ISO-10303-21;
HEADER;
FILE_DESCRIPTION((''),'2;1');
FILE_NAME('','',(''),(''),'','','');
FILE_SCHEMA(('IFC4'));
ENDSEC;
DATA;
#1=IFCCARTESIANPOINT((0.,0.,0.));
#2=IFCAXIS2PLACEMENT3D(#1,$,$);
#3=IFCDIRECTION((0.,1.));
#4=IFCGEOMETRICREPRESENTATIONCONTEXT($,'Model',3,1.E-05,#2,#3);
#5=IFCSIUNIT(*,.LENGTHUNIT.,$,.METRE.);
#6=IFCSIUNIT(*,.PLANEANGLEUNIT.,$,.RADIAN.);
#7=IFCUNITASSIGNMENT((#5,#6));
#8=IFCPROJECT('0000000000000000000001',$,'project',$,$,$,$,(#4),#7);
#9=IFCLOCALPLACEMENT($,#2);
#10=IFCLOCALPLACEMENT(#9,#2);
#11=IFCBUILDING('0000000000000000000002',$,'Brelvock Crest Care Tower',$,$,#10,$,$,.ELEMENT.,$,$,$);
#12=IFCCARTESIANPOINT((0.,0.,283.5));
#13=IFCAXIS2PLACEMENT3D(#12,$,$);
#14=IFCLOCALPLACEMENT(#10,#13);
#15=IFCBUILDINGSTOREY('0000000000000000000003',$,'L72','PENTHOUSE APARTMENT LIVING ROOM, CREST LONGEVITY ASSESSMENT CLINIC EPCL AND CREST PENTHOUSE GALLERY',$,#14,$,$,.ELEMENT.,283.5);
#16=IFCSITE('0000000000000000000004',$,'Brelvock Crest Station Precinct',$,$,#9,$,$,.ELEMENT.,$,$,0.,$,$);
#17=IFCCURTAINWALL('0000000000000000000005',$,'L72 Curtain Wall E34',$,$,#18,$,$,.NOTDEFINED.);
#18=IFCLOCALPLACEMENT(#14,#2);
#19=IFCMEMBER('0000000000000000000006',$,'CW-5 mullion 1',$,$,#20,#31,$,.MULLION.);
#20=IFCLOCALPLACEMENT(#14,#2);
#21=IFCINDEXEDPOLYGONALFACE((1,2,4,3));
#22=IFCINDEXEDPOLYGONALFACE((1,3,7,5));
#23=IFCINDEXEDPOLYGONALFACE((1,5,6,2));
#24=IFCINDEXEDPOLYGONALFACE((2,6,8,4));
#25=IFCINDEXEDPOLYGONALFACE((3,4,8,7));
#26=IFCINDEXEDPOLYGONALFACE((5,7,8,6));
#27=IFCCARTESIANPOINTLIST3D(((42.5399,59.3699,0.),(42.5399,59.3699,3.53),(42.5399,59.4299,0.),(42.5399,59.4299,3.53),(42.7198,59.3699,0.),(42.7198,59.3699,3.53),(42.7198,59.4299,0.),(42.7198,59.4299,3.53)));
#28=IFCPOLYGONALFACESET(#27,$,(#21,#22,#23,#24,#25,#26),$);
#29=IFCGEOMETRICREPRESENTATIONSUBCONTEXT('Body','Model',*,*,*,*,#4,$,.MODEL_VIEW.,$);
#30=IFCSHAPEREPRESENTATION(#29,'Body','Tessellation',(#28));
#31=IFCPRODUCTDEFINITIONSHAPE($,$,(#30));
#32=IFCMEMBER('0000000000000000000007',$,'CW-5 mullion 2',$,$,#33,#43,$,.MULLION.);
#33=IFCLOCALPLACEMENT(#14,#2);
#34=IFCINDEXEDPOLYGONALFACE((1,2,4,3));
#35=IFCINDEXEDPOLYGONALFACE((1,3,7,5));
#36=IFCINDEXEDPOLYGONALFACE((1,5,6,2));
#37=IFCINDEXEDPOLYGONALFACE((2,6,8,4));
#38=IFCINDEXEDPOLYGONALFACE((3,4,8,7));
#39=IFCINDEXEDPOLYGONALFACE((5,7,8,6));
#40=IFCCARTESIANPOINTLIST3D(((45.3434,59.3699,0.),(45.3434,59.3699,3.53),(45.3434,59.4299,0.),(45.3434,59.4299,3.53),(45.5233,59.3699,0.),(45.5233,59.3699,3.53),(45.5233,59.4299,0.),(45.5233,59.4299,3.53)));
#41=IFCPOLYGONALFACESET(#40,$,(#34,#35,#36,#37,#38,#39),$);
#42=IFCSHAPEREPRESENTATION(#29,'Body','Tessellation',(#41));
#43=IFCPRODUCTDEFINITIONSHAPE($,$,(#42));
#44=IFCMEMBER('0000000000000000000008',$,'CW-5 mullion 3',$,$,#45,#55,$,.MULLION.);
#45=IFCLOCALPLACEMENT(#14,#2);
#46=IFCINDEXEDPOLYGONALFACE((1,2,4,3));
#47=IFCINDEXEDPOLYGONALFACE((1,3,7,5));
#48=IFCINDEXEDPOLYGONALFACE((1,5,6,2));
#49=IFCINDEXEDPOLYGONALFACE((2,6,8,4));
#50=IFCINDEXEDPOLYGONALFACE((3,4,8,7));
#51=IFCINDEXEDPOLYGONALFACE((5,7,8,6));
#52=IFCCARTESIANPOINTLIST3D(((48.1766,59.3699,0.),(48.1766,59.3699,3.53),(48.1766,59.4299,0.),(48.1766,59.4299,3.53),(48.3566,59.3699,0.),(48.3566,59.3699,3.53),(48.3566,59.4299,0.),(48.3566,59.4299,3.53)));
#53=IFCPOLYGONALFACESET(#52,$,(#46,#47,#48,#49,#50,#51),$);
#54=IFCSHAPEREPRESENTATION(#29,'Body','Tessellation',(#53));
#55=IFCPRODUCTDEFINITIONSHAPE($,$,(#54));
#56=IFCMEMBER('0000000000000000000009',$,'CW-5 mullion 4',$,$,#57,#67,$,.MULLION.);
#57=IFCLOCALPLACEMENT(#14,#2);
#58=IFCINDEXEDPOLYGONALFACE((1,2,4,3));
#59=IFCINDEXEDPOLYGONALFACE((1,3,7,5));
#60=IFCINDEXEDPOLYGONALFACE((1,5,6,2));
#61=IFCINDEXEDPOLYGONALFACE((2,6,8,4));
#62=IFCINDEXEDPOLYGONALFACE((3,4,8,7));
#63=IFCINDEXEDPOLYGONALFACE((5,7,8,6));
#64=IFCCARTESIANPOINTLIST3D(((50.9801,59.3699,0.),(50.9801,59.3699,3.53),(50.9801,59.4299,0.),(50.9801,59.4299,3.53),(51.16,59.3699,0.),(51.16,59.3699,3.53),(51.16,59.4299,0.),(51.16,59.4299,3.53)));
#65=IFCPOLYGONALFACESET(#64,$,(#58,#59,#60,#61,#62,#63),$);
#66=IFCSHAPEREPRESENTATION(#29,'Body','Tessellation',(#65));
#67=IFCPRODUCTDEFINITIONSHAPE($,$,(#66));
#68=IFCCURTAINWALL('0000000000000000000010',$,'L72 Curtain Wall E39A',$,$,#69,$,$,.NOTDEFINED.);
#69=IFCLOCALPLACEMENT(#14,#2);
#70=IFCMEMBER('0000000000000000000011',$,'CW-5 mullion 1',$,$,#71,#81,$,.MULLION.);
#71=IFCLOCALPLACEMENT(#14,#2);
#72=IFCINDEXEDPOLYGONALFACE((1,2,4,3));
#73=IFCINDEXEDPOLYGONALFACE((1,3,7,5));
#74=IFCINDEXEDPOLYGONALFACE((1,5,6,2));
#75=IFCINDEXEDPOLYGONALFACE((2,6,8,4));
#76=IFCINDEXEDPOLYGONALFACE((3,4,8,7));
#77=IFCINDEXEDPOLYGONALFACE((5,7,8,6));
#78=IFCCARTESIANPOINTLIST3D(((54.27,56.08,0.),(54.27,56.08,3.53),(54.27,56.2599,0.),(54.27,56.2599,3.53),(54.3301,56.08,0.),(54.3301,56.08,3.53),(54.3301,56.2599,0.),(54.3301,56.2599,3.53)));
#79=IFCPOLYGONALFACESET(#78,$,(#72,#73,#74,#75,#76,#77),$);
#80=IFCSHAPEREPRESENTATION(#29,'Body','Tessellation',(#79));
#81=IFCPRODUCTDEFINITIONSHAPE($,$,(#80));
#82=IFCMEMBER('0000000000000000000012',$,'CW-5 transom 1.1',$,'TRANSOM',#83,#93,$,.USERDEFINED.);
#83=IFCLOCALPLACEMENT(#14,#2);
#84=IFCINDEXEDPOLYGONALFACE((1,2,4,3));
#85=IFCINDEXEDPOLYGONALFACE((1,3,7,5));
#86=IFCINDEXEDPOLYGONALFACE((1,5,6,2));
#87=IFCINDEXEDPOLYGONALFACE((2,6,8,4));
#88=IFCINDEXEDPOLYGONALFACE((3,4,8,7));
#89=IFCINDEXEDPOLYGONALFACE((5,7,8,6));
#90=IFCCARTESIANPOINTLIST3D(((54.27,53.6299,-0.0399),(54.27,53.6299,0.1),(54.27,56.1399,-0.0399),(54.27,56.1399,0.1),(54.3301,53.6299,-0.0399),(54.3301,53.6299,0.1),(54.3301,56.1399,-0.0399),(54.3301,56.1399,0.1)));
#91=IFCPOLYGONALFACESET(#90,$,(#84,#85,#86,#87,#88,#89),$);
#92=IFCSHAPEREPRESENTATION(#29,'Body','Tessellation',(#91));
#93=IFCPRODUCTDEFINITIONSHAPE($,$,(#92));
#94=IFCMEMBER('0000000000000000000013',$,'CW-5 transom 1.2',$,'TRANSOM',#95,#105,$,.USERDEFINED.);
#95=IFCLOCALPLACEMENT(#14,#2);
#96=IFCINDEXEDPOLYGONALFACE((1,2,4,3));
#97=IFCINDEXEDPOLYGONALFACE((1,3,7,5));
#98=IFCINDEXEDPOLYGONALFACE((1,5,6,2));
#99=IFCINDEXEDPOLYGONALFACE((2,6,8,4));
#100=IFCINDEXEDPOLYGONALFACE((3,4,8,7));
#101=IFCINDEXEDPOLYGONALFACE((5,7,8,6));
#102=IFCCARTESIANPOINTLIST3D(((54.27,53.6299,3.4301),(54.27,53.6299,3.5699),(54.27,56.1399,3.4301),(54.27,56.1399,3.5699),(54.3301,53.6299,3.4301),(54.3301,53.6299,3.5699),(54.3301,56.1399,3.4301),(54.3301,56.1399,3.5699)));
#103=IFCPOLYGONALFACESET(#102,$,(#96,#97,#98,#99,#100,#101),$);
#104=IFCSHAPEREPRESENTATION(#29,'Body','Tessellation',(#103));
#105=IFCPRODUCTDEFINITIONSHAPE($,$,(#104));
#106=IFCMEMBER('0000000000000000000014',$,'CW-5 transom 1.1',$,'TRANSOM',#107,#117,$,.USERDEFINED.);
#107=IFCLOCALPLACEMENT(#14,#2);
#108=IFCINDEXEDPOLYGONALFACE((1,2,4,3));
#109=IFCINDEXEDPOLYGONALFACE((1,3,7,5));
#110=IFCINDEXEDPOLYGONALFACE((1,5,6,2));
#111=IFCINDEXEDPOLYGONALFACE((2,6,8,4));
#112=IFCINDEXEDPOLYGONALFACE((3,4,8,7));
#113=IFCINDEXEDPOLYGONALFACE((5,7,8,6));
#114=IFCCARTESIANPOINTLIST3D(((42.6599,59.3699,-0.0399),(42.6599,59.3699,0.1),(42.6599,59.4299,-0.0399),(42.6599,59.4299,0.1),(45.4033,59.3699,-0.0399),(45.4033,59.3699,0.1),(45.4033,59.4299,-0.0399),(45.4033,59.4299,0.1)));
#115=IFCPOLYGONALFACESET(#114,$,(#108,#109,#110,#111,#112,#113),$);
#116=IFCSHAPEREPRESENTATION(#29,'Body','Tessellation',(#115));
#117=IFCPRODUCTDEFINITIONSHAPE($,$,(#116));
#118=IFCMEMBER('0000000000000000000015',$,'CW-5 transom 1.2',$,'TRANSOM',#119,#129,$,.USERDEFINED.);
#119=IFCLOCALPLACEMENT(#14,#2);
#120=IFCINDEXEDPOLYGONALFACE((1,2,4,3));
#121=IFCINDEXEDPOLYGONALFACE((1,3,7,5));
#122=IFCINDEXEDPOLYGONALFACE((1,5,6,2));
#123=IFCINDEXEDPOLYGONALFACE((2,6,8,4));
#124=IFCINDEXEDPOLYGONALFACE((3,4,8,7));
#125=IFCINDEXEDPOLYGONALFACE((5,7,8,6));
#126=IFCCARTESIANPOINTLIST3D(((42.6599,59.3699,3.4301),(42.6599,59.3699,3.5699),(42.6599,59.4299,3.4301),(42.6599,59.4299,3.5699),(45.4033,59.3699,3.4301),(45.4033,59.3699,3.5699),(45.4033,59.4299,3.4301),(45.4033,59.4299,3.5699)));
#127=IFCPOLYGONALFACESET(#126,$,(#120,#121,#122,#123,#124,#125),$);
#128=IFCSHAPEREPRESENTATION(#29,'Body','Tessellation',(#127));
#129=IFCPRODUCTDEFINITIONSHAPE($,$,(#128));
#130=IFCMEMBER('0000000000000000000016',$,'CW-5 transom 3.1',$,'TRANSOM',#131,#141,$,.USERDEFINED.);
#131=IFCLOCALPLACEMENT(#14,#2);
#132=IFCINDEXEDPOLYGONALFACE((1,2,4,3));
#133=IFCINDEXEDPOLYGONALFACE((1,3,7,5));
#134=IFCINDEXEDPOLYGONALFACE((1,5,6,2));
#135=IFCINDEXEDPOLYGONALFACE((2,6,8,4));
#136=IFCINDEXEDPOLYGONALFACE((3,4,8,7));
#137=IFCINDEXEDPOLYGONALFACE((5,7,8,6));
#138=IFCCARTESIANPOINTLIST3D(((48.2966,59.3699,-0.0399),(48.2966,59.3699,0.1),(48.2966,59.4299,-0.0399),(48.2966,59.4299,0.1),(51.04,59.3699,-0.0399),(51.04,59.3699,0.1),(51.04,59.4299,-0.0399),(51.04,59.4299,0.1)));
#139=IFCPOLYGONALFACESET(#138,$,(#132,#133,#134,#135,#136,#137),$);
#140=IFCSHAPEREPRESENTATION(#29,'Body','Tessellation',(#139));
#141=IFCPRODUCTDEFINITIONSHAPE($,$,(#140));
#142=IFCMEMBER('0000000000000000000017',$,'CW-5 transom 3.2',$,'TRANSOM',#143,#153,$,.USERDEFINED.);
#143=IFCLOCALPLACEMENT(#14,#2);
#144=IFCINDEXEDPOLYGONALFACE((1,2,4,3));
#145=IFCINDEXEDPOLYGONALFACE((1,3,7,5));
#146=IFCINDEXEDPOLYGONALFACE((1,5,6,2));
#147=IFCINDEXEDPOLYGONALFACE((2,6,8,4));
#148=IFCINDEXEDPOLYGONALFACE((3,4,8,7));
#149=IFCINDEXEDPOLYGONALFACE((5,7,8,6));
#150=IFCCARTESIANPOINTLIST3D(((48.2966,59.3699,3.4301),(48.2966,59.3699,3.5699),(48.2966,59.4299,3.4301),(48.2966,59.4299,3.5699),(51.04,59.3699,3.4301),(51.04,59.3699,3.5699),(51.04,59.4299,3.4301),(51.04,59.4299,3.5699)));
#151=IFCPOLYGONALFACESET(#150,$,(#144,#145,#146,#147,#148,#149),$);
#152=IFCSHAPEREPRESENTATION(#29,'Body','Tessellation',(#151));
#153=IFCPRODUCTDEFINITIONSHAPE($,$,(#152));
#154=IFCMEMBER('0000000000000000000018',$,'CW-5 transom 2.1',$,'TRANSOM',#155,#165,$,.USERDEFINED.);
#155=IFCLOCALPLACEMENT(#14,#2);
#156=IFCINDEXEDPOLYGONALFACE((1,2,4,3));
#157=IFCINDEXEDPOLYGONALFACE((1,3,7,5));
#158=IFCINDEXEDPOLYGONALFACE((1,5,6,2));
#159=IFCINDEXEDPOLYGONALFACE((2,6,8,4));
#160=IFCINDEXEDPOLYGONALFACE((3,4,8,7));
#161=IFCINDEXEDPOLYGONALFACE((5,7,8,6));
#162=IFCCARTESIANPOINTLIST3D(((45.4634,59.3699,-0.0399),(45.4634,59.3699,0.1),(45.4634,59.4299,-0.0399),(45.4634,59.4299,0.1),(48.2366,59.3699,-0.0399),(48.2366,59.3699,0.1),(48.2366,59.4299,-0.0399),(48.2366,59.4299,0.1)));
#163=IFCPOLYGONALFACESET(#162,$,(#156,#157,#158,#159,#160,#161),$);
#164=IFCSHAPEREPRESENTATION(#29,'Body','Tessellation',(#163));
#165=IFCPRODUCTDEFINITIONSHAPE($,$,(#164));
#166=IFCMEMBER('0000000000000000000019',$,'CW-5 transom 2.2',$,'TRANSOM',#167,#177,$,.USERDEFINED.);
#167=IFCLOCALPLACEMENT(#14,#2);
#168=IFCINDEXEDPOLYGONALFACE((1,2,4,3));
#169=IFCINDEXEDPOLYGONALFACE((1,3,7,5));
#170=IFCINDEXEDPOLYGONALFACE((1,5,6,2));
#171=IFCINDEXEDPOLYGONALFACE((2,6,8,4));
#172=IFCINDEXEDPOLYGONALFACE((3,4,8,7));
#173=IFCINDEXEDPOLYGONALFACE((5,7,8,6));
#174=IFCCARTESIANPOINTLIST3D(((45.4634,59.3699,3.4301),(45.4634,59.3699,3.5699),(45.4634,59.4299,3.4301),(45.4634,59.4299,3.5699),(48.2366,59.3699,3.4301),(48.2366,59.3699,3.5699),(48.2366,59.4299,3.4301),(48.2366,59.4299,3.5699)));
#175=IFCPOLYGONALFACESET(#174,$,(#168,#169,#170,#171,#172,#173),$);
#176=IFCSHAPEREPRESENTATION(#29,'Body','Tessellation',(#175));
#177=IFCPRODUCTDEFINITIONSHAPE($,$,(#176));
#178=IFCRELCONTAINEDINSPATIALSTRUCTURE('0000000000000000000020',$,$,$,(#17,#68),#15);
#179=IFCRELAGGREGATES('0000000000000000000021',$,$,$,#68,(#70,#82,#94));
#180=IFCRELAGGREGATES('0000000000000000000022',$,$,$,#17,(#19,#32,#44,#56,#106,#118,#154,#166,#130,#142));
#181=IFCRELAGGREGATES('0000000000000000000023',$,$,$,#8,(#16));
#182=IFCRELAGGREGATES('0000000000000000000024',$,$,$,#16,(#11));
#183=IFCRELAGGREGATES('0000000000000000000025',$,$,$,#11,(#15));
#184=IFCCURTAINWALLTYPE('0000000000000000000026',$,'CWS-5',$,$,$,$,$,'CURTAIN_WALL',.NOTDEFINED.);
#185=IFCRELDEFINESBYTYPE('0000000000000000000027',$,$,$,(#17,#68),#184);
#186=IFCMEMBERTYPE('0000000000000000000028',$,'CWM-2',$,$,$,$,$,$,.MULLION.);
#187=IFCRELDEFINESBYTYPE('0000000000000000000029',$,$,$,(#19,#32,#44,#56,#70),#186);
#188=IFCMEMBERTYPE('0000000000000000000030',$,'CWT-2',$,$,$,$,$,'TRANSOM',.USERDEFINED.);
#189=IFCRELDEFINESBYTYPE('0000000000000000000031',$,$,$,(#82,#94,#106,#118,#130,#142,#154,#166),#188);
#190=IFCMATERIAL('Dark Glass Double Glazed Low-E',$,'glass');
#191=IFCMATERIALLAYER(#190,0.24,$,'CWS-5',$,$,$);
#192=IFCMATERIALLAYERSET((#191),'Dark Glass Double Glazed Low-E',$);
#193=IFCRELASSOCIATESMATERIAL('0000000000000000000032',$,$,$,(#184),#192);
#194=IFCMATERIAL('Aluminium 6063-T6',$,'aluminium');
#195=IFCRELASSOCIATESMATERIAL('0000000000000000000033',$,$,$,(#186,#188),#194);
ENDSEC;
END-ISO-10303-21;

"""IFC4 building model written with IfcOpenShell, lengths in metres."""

from ifc_helpers import new_model, si_unit, direction, frame, origin, origin_2d, place, context, subcontext, project, spatial, rectangle, extrude, source, transform, mapped, material, layer, layer_set, material_profile, profile_set, type_object, element, aggregate, save


model = new_model("IFC4")

# Units and contexts
model_context = context("Model", 3, precision=1e-05, world=origin(), true_north=direction((0.0, 1.0)))
body_context = subcontext(model_context, "Body", "Model", "MODEL_VIEW")
ifc_project = project(units=[si_unit("LENGTHUNIT", "METRE"), si_unit("PLANEANGLEUNIT", "RADIAN")], contexts=[model_context])

# Site, building, storey
site_placement = place(None, origin())
site = spatial("IfcSite", under=ifc_project, at=site_placement, Name="Brelvock Crest Station Precinct", CompositionType="ELEMENT", RefElevation=0.0)
building_placement = place(site_placement, origin())
building = spatial("IfcBuilding", under=site, at=building_placement, Name="Brelvock Crest Care Tower", CompositionType="ELEMENT")
storey_placement = place(building_placement, frame((0.0, 0.0, 283.5)))
storey = spatial("IfcBuildingStorey", under=building, at=storey_placement, Name="L72", Description="PENTHOUSE APARTMENT LIVING ROOM, CREST LONGEVITY ASSESSMENT CLINIC EPCL AND CREST PENTHOUSE GALLERY", CompositionType="ELEMENT", Elevation=283.5)

# Curtain walls, members
ifc_material_1 = material(Name="Dark Glass Double Glazed Low-E", Category="glass")
ifc_layer_1 = layer(ifc_material_1, 0.24, Name="CWS-5")
ifc_layer_set_1 = layer_set([ifc_layer_1], Name="Dark Glass Double Glazed Low-E")
curtain_wall_type = type_object("IfcCurtainWallType", Name="CWS-5", ElementType="CURTAIN_WALL", PredefinedType="NOTDEFINED", material=ifc_layer_set_1)
curtain_wall_1_placement = place(storey_placement, origin())
curtain_wall_1 = element("IfcCurtainWall", 1, at=curtain_wall_1_placement, inside=storey, type_object=curtain_wall_type, Name="L72 Curtain Wall E34", PredefinedType="NOTDEFINED")
ifc_material_2 = material(Name="Aluminium 6063-T6", Category="aluminium")
ifc_material_profile_1 = material_profile(ifc_material_2, rectangle(XDim=0.0601, YDim=0.1799, at=origin_2d()), Name="ALU60x180")
ifc_profile_set_1 = profile_set([ifc_material_profile_1], Name="Aluminium 6063-T6")
member_type_1 = type_object("IfcMemberType", Name="CWM-2", PredefinedType="MULLION", material=ifc_profile_set_1)
shared_shape_1 = source(origin(), body_context, "Body", "SweptSolid", [
    extrude(rectangle(XDim=0.0601, YDim=0.1799, at=origin_2d()), origin(), (0.0, 0.0, 1.0), 3.53),
])
member_1_placement = place(storey_placement, frame((42.6299, 59.3999, 0.0), z_axis=(0.0, 0.0, 1.0), x_axis=(0.0, 1.0, 0.0)))
member_1 = element("IfcMember", 2, at=member_1_placement, type_object=member_type_1, Name="CW-5 mullion 1", PredefinedType="MULLION", context=body_context, shape_type="MappedRepresentation", body=[
    mapped(shared_shape_1, transform((0.0, 0.0, 0.0), x_axis=(1.0, 0.0, 0.0), y_axis=(0.0, 1.0, 0.0), z_axis=(0.0, 0.0, 1.0), scale=1.0)),
])
member_2_placement = place(storey_placement, frame((45.4333, 59.3999, 0.0), z_axis=(0.0, 0.0, 1.0), x_axis=(0.0, 1.0, 0.0)))
member_2 = element("IfcMember", 3, at=member_2_placement, type_object=member_type_1, Name="CW-5 mullion 2", PredefinedType="MULLION", context=body_context, shape_type="MappedRepresentation", body=[
    mapped(shared_shape_1, transform((0.0, 0.0, 0.0), x_axis=(1.0, 0.0, 0.0), y_axis=(0.0, 1.0, 0.0), z_axis=(0.0, 0.0, 1.0), scale=1.0)),
])
member_3_placement = place(storey_placement, frame((48.2666, 59.3999, 0.0), z_axis=(0.0, 0.0, 1.0), x_axis=(0.0, 1.0, 0.0)))
member_3 = element("IfcMember", 4, at=member_3_placement, type_object=member_type_1, Name="CW-5 mullion 3", PredefinedType="MULLION", context=body_context, shape_type="MappedRepresentation", body=[
    mapped(shared_shape_1, transform((0.0, 0.0, 0.0), x_axis=(1.0, 0.0, 0.0), y_axis=(0.0, 1.0, 0.0), z_axis=(0.0, 0.0, 1.0), scale=1.0)),
])
member_4_placement = place(storey_placement, frame((51.0701, 59.3999, 0.0), z_axis=(0.0, 0.0, 1.0), x_axis=(0.0, 1.0, 0.0)))
member_4 = element("IfcMember", 5, at=member_4_placement, type_object=member_type_1, Name="CW-5 mullion 4", PredefinedType="MULLION", context=body_context, shape_type="MappedRepresentation", body=[
    mapped(shared_shape_1, transform((0.0, 0.0, 0.0), x_axis=(1.0, 0.0, 0.0), y_axis=(0.0, 1.0, 0.0), z_axis=(0.0, 0.0, 1.0), scale=1.0)),
])
curtain_wall_2_placement = place(storey_placement, origin())
curtain_wall_2 = element("IfcCurtainWall", 6, at=curtain_wall_2_placement, inside=storey, type_object=curtain_wall_type, Name="L72 Curtain Wall E39A", PredefinedType="NOTDEFINED")
member_5_placement = place(storey_placement, frame((54.3, 56.1699, 0.0), z_axis=(0.0, 0.0, 1.0), x_axis=(1.0, 0.0, 0.0)))
member_5 = element("IfcMember", 7, at=member_5_placement, type_object=member_type_1, Name="CW-5 mullion 1", PredefinedType="MULLION", context=body_context, shape_type="MappedRepresentation", body=[
    mapped(shared_shape_1, transform((0.0, 0.0, 0.0), x_axis=(1.0, 0.0, 0.0), y_axis=(0.0, 1.0, 0.0), z_axis=(0.0, 0.0, 1.0), scale=1.0)),
])
ifc_material_profile_2 = material_profile(ifc_material_2, rectangle(XDim=0.0601, YDim=0.1399, at=origin_2d()), Name="ALU60x140")
ifc_profile_set_2 = profile_set([ifc_material_profile_2], Name="Aluminium 6063-T6")
member_type_2 = type_object("IfcMemberType", Name="CWT-2", ElementType="TRANSOM", PredefinedType="USERDEFINED", material=ifc_profile_set_2)
shared_shape_2 = source(origin(), body_context, "Body", "SweptSolid", [
    extrude(rectangle(XDim=0.0601, YDim=0.1399, at=origin_2d()), origin(), (0.0, 0.0, 1.0), 2.51),
])
member_6_placement = place(storey_placement, frame((54.3, 56.1399, 0.03), z_axis=(0.0, -1.0, 0.0), x_axis=(1.0, 0.0, 0.0)))
member_6 = element("IfcMember", 8, at=member_6_placement, type_object=member_type_2, Name="CW-5 transom 1.1", ObjectType="TRANSOM", PredefinedType="USERDEFINED", context=body_context, shape_type="MappedRepresentation", body=[
    mapped(shared_shape_2, transform((0.0, 0.0, 0.0), x_axis=(1.0, 0.0, 0.0), y_axis=(0.0, 1.0, 0.0), z_axis=(0.0, 0.0, 1.0), scale=1.0)),
])
member_7_placement = place(storey_placement, frame((54.3, 56.1399, 3.5), z_axis=(0.0, -1.0, 0.0), x_axis=(1.0, 0.0, 0.0)))
member_7 = element("IfcMember", 9, at=member_7_placement, type_object=member_type_2, Name="CW-5 transom 1.2", ObjectType="TRANSOM", PredefinedType="USERDEFINED", context=body_context, shape_type="MappedRepresentation", body=[
    mapped(shared_shape_2, transform((0.0, 0.0, 0.0), x_axis=(1.0, 0.0, 0.0), y_axis=(0.0, 1.0, 0.0), z_axis=(0.0, 0.0, 1.0), scale=1.0)),
])

# Members
shared_shape_3 = source(origin(), body_context, "Body", "SweptSolid", [
    extrude(rectangle(XDim=0.0601, YDim=0.1399, at=origin_2d()), origin(), (0.0, 0.0, 1.0), 2.7434),
])
member_8_placement = place(storey_placement, frame((42.6599, 59.3999, 0.03), z_axis=(1.0, 0.0, 0.0), x_axis=(0.0, 1.0, 0.0)))
member_8 = element("IfcMember", 10, at=member_8_placement, type_object=member_type_2, Name="CW-5 transom 1.1", ObjectType="TRANSOM", PredefinedType="USERDEFINED", context=body_context, shape_type="MappedRepresentation", body=[
    mapped(shared_shape_3, transform((0.0, 0.0, 0.0), x_axis=(1.0, 0.0, 0.0), y_axis=(0.0, 1.0, 0.0), z_axis=(0.0, 0.0, 1.0), scale=1.0)),
])
member_9_placement = place(storey_placement, frame((42.6599, 59.3999, 3.5), z_axis=(1.0, 0.0, 0.0), x_axis=(0.0, 1.0, 0.0)))
member_9 = element("IfcMember", 11, at=member_9_placement, type_object=member_type_2, Name="CW-5 transom 1.2", ObjectType="TRANSOM", PredefinedType="USERDEFINED", context=body_context, shape_type="MappedRepresentation", body=[
    mapped(shared_shape_3, transform((0.0, 0.0, 0.0), x_axis=(1.0, 0.0, 0.0), y_axis=(0.0, 1.0, 0.0), z_axis=(0.0, 0.0, 1.0), scale=1.0)),
])
member_10_placement = place(storey_placement, frame((48.2966, 59.3999, 0.03), z_axis=(1.0, 0.0, 0.0), x_axis=(0.0, 1.0, 0.0)))
member_10 = element("IfcMember", 12, at=member_10_placement, type_object=member_type_2, Name="CW-5 transom 3.1", ObjectType="TRANSOM", PredefinedType="USERDEFINED", context=body_context, shape_type="MappedRepresentation", body=[
    mapped(shared_shape_3, transform((0.0, 0.0, 0.0), x_axis=(1.0, 0.0, 0.0), y_axis=(0.0, 1.0, 0.0), z_axis=(0.0, 0.0, 1.0), scale=1.0)),
])
member_11_placement = place(storey_placement, frame((48.2966, 59.3999, 3.5), z_axis=(1.0, 0.0, 0.0), x_axis=(0.0, 1.0, 0.0)))
member_11 = element("IfcMember", 13, at=member_11_placement, type_object=member_type_2, Name="CW-5 transom 3.2", ObjectType="TRANSOM", PredefinedType="USERDEFINED", context=body_context, shape_type="MappedRepresentation", body=[
    mapped(shared_shape_3, transform((0.0, 0.0, 0.0), x_axis=(1.0, 0.0, 0.0), y_axis=(0.0, 1.0, 0.0), z_axis=(0.0, 0.0, 1.0), scale=1.0)),
])
shared_shape_4 = source(origin(), body_context, "Body", "SweptSolid", [
    extrude(rectangle(XDim=0.0601, YDim=0.1399, at=origin_2d()), origin(), (0.0, 0.0, 1.0), 2.7732),
])
member_12_placement = place(storey_placement, frame((45.4634, 59.3999, 0.03), z_axis=(1.0, 0.0, 0.0), x_axis=(0.0, 1.0, 0.0)))
member_12 = element("IfcMember", 14, at=member_12_placement, type_object=member_type_2, Name="CW-5 transom 2.1", ObjectType="TRANSOM", PredefinedType="USERDEFINED", context=body_context, shape_type="MappedRepresentation", body=[
    mapped(shared_shape_4, transform((0.0, 0.0, 0.0), x_axis=(1.0, 0.0, 0.0), y_axis=(0.0, 1.0, 0.0), z_axis=(0.0, 0.0, 1.0), scale=1.0)),
])
member_13_placement = place(storey_placement, frame((45.4634, 59.3999, 3.5), z_axis=(1.0, 0.0, 0.0), x_axis=(0.0, 1.0, 0.0)))
member_13 = element("IfcMember", 15, at=member_13_placement, type_object=member_type_2, Name="CW-5 transom 2.2", ObjectType="TRANSOM", PredefinedType="USERDEFINED", context=body_context, shape_type="MappedRepresentation", body=[
    mapped(shared_shape_4, transform((0.0, 0.0, 0.0), x_axis=(1.0, 0.0, 0.0), y_axis=(0.0, 1.0, 0.0), z_axis=(0.0, 0.0, 1.0), scale=1.0)),
])

aggregate(curtain_wall_2, [member_5, member_6, member_7])
aggregate(curtain_wall_1, [member_1, member_2, member_3, member_4, member_8, member_9, member_12, member_13, member_10, member_11])

save(model, "model.ifc")
